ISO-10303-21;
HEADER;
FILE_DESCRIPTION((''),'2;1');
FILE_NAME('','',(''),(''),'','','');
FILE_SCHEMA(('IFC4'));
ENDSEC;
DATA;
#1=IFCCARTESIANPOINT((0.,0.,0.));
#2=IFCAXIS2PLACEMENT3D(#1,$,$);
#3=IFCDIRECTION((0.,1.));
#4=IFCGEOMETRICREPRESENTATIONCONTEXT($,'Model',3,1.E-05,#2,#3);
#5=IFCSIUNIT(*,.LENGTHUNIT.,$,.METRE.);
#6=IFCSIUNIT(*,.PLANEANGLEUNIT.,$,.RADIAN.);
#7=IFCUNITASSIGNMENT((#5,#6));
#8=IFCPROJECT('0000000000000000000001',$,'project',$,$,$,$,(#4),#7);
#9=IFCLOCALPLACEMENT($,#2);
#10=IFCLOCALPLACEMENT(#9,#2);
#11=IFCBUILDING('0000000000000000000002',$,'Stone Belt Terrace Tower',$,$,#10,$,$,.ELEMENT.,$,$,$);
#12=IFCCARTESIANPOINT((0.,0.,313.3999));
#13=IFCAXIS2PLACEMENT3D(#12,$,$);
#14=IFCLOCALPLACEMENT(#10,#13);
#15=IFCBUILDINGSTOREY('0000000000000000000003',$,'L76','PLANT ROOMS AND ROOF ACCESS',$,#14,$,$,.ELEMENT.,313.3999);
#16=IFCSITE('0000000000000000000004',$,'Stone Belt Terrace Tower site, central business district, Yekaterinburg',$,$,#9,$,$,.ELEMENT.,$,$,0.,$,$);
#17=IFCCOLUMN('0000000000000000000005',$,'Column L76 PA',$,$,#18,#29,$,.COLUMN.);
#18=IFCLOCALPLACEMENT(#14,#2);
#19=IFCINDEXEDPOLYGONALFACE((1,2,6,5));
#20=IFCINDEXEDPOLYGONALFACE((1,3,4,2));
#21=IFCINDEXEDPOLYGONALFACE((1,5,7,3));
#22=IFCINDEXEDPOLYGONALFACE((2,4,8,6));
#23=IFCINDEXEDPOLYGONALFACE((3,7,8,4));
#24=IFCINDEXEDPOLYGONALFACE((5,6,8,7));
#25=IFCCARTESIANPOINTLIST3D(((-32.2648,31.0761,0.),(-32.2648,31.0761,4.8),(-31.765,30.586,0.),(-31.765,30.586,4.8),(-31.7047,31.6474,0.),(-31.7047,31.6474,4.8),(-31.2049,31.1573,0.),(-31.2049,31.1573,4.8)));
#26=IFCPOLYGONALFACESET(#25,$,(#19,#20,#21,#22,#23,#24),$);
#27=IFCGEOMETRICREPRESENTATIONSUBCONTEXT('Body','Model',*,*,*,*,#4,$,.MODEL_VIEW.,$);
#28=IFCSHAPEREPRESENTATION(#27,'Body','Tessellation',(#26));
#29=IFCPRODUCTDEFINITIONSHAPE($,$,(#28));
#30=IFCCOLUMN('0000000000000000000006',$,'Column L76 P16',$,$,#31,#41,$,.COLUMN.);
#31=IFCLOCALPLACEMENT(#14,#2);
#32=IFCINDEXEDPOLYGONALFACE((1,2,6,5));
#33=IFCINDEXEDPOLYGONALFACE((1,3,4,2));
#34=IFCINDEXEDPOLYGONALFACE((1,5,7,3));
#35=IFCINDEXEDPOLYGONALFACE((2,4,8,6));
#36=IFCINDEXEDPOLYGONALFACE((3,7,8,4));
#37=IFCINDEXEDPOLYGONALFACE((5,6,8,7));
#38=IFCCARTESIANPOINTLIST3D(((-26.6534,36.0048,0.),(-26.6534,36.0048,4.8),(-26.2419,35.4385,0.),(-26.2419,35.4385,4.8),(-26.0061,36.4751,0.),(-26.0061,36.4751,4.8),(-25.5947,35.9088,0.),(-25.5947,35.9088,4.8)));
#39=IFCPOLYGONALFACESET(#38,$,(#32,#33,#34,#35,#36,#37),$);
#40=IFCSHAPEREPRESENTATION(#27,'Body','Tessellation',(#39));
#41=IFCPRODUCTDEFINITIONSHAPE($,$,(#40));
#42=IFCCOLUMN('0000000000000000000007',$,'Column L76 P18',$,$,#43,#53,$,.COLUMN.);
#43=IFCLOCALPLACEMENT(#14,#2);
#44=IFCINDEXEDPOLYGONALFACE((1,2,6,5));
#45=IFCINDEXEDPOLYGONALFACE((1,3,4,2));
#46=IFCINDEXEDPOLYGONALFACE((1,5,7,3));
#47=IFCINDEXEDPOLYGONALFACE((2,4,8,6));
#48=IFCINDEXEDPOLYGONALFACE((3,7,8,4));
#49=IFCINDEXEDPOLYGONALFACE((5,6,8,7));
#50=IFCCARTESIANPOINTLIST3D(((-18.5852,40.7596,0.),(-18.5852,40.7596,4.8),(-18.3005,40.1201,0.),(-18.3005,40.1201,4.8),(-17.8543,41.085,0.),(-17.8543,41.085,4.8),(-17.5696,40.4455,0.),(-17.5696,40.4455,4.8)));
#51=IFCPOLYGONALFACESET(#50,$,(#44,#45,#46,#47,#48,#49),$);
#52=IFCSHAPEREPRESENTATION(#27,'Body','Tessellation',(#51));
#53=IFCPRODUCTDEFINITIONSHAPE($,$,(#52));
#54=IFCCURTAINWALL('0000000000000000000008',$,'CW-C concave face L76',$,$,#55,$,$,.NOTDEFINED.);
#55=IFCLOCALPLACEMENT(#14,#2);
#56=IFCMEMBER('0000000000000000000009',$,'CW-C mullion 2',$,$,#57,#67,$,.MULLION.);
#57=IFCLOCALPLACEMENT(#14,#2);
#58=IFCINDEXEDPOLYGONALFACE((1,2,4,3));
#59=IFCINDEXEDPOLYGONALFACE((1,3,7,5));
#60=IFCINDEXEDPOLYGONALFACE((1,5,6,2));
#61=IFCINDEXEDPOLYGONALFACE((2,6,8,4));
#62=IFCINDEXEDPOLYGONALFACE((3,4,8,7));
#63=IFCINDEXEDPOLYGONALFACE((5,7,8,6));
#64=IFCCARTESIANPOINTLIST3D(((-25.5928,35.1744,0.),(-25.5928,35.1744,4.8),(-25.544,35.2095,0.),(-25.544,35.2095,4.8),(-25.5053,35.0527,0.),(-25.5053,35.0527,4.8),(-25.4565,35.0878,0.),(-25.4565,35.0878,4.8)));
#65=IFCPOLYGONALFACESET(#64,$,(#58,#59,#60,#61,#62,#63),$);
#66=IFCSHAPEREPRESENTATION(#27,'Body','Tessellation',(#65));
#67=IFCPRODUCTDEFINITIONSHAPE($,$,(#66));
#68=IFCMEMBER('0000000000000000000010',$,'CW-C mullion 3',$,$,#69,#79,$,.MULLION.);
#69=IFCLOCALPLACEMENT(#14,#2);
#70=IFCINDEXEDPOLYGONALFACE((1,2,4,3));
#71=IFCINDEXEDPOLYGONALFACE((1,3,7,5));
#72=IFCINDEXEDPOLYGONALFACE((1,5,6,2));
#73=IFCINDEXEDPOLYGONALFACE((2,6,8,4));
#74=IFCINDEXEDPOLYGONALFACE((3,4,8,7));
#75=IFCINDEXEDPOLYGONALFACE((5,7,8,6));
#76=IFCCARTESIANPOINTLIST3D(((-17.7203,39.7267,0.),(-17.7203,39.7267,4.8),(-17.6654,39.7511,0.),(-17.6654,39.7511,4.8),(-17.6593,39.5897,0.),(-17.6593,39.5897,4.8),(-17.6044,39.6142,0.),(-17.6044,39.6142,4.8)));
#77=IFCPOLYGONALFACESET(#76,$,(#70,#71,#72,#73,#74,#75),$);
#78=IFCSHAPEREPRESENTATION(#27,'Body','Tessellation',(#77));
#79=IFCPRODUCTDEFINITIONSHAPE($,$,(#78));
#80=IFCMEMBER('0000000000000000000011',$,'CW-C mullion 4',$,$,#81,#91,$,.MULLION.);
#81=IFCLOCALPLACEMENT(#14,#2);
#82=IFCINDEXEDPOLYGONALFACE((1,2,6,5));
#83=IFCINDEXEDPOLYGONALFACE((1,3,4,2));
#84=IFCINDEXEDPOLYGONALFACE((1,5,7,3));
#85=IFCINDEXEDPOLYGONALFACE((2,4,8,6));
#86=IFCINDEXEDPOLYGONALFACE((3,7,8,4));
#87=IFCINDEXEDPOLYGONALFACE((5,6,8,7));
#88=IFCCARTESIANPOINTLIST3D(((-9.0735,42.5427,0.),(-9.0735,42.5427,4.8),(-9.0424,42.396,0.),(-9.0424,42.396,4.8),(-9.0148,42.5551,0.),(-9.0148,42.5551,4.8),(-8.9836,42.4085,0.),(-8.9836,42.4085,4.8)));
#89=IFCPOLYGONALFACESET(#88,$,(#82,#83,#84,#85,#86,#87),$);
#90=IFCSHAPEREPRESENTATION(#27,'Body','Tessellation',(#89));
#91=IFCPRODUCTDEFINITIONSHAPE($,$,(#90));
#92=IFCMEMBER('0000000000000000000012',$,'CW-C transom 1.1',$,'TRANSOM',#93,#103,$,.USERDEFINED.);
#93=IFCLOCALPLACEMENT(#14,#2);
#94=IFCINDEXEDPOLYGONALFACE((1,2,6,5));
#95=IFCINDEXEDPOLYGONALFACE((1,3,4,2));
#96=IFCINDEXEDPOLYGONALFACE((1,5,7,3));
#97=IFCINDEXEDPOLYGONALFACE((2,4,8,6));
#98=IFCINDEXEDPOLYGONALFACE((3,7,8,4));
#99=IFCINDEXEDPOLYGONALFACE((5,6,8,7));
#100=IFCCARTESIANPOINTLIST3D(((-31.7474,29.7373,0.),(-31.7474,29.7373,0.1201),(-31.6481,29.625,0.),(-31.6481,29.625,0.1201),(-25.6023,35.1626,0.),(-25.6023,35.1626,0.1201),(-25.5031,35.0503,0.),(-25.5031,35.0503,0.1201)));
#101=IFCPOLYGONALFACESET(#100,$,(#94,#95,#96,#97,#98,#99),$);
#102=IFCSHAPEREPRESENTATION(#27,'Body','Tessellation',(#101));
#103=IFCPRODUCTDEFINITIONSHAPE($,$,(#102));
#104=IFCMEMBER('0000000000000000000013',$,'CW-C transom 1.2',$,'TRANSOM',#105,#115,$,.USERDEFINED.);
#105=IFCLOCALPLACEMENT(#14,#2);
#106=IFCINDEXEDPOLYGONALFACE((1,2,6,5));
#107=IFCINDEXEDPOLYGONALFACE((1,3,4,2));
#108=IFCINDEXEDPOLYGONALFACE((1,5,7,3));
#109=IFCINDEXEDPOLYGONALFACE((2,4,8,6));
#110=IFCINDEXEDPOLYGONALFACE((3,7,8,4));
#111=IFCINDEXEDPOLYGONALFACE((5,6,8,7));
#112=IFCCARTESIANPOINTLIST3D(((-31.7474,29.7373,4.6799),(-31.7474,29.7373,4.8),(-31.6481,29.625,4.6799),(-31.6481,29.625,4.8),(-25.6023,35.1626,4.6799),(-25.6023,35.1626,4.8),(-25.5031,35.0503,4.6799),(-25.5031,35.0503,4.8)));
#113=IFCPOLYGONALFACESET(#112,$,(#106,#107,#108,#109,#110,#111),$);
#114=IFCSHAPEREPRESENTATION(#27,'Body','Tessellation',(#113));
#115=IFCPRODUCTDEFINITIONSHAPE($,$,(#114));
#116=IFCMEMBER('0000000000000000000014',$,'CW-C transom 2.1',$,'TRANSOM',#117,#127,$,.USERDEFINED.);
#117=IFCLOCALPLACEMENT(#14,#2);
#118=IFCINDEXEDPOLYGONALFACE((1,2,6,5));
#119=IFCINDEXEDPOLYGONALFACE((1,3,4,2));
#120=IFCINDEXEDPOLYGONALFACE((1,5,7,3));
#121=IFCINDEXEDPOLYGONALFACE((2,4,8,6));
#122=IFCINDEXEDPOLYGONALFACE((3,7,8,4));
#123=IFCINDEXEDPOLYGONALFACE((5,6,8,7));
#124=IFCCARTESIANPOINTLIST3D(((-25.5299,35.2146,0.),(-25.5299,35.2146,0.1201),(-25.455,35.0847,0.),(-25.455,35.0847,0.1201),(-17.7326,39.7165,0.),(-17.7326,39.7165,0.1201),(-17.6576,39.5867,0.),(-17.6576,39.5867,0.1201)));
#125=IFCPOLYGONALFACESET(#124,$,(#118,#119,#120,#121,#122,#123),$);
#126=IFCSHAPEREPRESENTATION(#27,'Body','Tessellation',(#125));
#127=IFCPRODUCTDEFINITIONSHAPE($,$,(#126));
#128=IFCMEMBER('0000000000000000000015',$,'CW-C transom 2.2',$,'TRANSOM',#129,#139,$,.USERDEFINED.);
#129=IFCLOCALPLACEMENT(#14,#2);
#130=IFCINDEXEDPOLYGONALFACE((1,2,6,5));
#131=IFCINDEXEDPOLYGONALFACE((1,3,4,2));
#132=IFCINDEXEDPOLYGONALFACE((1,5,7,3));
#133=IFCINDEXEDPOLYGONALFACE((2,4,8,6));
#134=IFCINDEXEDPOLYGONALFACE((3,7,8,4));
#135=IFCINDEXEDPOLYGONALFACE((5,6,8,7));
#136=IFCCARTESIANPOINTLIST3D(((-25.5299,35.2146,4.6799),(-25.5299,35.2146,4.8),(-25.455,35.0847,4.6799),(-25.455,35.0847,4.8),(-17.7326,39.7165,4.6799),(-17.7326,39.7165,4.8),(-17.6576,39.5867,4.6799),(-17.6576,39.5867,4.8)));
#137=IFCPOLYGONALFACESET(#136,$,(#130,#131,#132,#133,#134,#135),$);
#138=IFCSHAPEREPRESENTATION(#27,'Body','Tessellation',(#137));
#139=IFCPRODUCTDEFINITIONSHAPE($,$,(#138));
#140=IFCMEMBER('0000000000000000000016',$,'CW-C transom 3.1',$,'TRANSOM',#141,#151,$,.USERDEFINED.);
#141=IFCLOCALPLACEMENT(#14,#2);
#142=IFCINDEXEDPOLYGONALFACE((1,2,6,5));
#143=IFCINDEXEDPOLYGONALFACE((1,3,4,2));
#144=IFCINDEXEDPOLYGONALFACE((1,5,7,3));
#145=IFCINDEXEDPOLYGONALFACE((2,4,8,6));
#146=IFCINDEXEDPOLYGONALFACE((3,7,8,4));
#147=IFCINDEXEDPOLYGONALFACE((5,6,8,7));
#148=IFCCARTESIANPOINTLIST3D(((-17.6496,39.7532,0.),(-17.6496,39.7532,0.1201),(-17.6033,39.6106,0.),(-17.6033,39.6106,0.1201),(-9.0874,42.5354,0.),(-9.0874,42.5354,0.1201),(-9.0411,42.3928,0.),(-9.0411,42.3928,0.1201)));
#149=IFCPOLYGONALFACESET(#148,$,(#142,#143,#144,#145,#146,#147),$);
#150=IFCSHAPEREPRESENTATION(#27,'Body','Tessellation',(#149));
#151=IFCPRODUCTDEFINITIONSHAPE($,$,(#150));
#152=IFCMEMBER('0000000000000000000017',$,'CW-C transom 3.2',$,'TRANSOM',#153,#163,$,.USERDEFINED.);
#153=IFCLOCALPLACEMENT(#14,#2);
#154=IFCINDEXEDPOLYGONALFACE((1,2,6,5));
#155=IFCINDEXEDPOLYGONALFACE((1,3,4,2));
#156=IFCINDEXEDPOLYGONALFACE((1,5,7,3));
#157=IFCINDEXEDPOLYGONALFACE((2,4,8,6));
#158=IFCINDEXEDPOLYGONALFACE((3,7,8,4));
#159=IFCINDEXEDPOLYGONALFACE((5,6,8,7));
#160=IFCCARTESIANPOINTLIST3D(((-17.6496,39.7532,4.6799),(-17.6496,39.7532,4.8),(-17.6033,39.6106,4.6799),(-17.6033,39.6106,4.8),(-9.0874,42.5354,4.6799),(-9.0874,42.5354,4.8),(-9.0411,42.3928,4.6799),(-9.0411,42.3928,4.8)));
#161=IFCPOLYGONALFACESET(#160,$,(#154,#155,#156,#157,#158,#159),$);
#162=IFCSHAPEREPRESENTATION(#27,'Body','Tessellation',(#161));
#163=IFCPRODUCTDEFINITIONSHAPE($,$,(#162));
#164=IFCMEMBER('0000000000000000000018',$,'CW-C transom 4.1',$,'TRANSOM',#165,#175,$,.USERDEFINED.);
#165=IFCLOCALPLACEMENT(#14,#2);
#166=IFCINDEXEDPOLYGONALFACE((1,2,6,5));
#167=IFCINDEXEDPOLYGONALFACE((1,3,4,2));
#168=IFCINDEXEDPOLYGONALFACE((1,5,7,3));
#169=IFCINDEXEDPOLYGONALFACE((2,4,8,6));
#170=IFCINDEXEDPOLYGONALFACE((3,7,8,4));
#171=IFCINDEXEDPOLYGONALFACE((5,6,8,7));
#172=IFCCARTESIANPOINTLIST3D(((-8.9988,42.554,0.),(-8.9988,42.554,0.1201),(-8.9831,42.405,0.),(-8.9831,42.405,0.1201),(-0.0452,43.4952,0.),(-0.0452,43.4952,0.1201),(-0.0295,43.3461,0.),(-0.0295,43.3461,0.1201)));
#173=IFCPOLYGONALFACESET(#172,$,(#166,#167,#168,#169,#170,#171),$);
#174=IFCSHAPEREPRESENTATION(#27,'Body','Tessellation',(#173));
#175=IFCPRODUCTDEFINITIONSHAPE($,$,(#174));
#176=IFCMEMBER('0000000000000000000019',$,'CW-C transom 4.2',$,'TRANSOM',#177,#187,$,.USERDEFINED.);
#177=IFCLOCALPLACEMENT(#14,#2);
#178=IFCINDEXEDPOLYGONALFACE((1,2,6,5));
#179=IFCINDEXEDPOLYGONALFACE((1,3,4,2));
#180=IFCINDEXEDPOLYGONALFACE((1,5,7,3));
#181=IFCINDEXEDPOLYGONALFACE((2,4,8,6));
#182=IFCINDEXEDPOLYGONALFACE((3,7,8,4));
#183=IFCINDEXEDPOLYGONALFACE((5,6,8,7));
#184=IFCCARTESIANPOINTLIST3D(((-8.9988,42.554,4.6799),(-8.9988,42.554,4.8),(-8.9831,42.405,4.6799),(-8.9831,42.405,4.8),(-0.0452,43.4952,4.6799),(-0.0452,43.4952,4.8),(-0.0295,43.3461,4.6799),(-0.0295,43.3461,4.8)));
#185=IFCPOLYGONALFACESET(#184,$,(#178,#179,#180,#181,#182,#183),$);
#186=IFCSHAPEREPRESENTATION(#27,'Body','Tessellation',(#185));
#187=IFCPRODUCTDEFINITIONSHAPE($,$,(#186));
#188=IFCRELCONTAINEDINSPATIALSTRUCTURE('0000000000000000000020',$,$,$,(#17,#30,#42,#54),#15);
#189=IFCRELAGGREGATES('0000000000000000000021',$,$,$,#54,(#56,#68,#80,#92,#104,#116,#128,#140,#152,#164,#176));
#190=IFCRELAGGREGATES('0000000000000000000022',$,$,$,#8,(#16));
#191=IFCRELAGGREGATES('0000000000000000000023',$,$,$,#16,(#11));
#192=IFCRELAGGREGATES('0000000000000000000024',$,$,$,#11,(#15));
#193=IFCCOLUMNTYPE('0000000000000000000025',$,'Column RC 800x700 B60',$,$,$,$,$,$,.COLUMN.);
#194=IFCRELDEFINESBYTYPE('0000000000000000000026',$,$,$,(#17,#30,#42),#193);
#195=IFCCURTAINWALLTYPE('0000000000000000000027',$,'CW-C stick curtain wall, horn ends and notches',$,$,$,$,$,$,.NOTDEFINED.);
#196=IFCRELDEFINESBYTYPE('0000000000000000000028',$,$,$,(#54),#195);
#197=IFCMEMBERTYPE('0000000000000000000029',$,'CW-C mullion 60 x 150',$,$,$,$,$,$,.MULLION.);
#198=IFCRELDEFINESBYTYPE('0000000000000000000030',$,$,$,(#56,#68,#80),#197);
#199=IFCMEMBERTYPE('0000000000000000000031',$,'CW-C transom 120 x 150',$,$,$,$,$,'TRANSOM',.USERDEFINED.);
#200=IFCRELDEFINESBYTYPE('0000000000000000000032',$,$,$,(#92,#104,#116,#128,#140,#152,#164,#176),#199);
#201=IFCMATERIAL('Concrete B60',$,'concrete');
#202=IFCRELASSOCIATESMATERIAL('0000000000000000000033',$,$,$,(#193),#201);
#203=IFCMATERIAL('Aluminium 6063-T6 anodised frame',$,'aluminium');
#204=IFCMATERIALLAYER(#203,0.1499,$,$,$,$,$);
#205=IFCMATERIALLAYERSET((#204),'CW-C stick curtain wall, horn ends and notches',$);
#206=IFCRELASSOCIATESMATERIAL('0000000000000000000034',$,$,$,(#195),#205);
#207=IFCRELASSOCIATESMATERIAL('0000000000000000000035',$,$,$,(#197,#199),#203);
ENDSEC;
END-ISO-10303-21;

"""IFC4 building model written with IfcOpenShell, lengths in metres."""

from ifc_helpers import new_model, si_unit, direction, frame, origin, origin_2d, place, context, subcontext, project, spatial, rectangle, extrude, material, layer, layer_set, material_profile, profile_set, type_object, element, aggregate, save


model = new_model("IFC4")

# Units and contexts
model_context = context("Model", 3, precision=1e-05, world=origin(), true_north=direction((0.0, 1.0)))
body_context = subcontext(model_context, "Body", "Model", "MODEL_VIEW")
ifc_project = project(units=[si_unit("LENGTHUNIT", "METRE"), si_unit("PLANEANGLEUNIT", "RADIAN")], contexts=[model_context])

# Site, building, storey
site_placement = place(None, origin())
site = spatial("IfcSite", under=ifc_project, at=site_placement, Name="Stone Belt Terrace Tower site, central business district, Yekaterinburg", CompositionType="ELEMENT", RefElevation=0.0)
building_placement = place(site_placement, origin())
building = spatial("IfcBuilding", under=site, at=building_placement, Name="Stone Belt Terrace Tower", CompositionType="ELEMENT")
storey_placement = place(building_placement, frame((0.0, 0.0, 313.3999)))
storey = spatial("IfcBuildingStorey", under=building, at=storey_placement, Name="L76", Description="PLANT ROOMS AND ROOF ACCESS", CompositionType="ELEMENT", Elevation=313.3999)

# Columns
ifc_material_1 = material(Name="Concrete B60", Category="concrete")
ifc_material_profile_1 = material_profile(ifc_material_1, rectangle(XDim=0.8, YDim=0.7, at=origin_2d()), Name="RC 800x700")
ifc_profile_set_1 = profile_set([ifc_material_profile_1], Name="Concrete B60")
column_type = type_object("IfcColumnType", Name="Column RC 800x700 B60", PredefinedType="COLUMN", material=ifc_profile_set_1)
for number, where, z_axis, x_axis, name in (
    (1, (-31.7349, 31.1167, 0.0), (0.0, 0.0, 1.0), (0.70012, 0.714026, 0.0), "Column L76 PA"),
    (2, (-26.124, 35.9568, 0.0), (0.0, 0.0, 1.0), (0.809017, 0.587785, 0.0), "Column L76 P16"),
    (3, (-18.0774, 40.6025, 0.0), (0.0, 0.0, 1.0), (0.913545, 0.406737, 0.0), "Column L76 P18"),
):
    element("IfcColumn", number, at=place(storey_placement, frame(where, z_axis=z_axis, x_axis=x_axis)), inside=storey, type_object=column_type, Name=name, PredefinedType="COLUMN", context=body_context, shape_type="SweptSolid", body=[
        extrude(rectangle(XDim=0.8, YDim=0.7, at=origin_2d()), origin(), (0.0, 0.0, 1.0), 4.8),
    ])

# Curtain wall, members
ifc_material_2 = material(Name="Aluminium 6063-T6 anodised frame", Category="aluminium")
ifc_layer_1 = layer(ifc_material_2, 0.1499)
ifc_layer_set_1 = layer_set([ifc_layer_1], Name="CW-C stick curtain wall, horn ends and notches")
curtain_wall_type = type_object("IfcCurtainWallType", Name="CW-C stick curtain wall, horn ends and notches", PredefinedType="NOTDEFINED", material=ifc_layer_set_1)
curtain_wall_placement = place(storey_placement, origin())
curtain_wall = element("IfcCurtainWall", 4, at=curtain_wall_placement, inside=storey, type_object=curtain_wall_type, Name="CW-C concave face L76", PredefinedType="NOTDEFINED")
ifc_material_profile_2 = material_profile(ifc_material_2, rectangle(XDim=0.1499, YDim=0.0601, at=origin_2d()), Name="Aluminium 6063-T6 60x150")
ifc_profile_set_2 = profile_set([ifc_material_profile_2], Name="Aluminium 6063-T6 anodised frame")
member_type_1 = type_object("IfcMemberType", Name="CW-C mullion 60 x 150", PredefinedType="MULLION", material=ifc_profile_set_2)
member_1_placement = place(storey_placement, frame((-25.5247, 35.1311, 0.0), z_axis=(0.0, 0.0, 1.0), x_axis=(-0.583819, 0.811884, 0.0)))
member_1 = element("IfcMember", 5, at=member_1_placement, type_object=member_type_1, Name="CW-C mullion 2", PredefinedType="MULLION", context=body_context, shape_type="SweptSolid", body=[
    extrude(rectangle(XDim=0.1499, YDim=0.0601, at=origin_2d()), origin(), (0.0, 0.0, 1.0), 4.8),
])
member_2_placement = place(storey_placement, frame((-17.6624, 39.6704, 0.0), z_axis=(0.0, 0.0, 1.0), x_axis=(-0.406737, 0.913545, 0.0)))
member_2 = element("IfcMember", 6, at=member_2_placement, type_object=member_type_1, Name="CW-C mullion 3", PredefinedType="MULLION", context=body_context, shape_type="SweptSolid", body=[
    extrude(rectangle(XDim=0.1499, YDim=0.0601, at=origin_2d()), origin(), (0.0, 0.0, 1.0), 4.8),
])
member_3_placement = place(storey_placement, frame((-9.0286, 42.4756, 0.0), z_axis=(0.0, 0.0, 1.0), x_axis=(-0.207912, 0.978148, 0.0)))
member_3 = element("IfcMember", 7, at=member_3_placement, type_object=member_type_1, Name="CW-C mullion 4", PredefinedType="MULLION", context=body_context, shape_type="SweptSolid", body=[
    extrude(rectangle(XDim=0.1499, YDim=0.0601, at=origin_2d()), origin(), (0.0, 0.0, 1.0), 4.8),
])
ifc_material_profile_3 = material_profile(ifc_material_2, rectangle(XDim=0.1499, YDim=0.1201, at=origin_2d()), Name="Aluminium 6063-T6 150x120")
ifc_profile_set_3 = profile_set([ifc_material_profile_3], Name="Aluminium 6063-T6 anodised frame")
member_type_2 = type_object("IfcMemberType", Name="CW-C transom 120 x 150", ElementType="TRANSOM", PredefinedType="USERDEFINED", material=ifc_profile_set_3)
member_4_placement = place(storey_placement, frame((-31.6978, 29.6812, 0.0601), z_axis=(0.749643, 0.661842, 0.0), x_axis=(-0.661842, 0.749643, 0.0)))
member_4 = element("IfcMember", 8, at=member_4_placement, type_object=member_type_2, Name="CW-C transom 1.1", ObjectType="TRANSOM", PredefinedType="USERDEFINED", context=body_context, shape_type="SweptSolid", body=[
    extrude(rectangle(XDim=0.1499, YDim=0.1201, at=origin_2d()), origin(), (0.0, 0.0, 1.0), 8.1973),
])
member_5_placement = place(storey_placement, frame((-31.6978, 29.6812, 4.74), z_axis=(0.749643, 0.661842, 0.0), x_axis=(-0.661842, 0.749643, 0.0)))
member_5 = element("IfcMember", 9, at=member_5_placement, type_object=member_type_2, Name="CW-C transom 1.2", ObjectType="TRANSOM", PredefinedType="USERDEFINED", context=body_context, shape_type="SweptSolid", body=[
    extrude(rectangle(XDim=0.1499, YDim=0.1201, at=origin_2d()), origin(), (0.0, 0.0, 1.0), 8.1973),
])
member_6_placement = place(storey_placement, frame((-25.4924, 35.1497, 0.0601), z_axis=(0.866019, 0.500012, 0.0), x_axis=(-0.500012, 0.866019, 0.0)))
member_6 = element("IfcMember", 10, at=member_6_placement, type_object=member_type_2, Name="CW-C transom 2.1", ObjectType="TRANSOM", PredefinedType="USERDEFINED", context=body_context, shape_type="SweptSolid", body=[
    extrude(rectangle(XDim=0.1499, YDim=0.1201, at=origin_2d()), origin(), (0.0, 0.0, 1.0), 9.0037),
])
member_7_placement = place(storey_placement, frame((-25.4924, 35.1497, 4.74), z_axis=(0.866019, 0.500012, 0.0), x_axis=(-0.500012, 0.866019, 0.0)))
member_7 = element("IfcMember", 11, at=member_7_placement, type_object=member_type_2, Name="CW-C transom 2.2", ObjectType="TRANSOM", PredefinedType="USERDEFINED", context=body_context, shape_type="SweptSolid", body=[
    extrude(rectangle(XDim=0.1499, YDim=0.1201, at=origin_2d()), origin(), (0.0, 0.0, 1.0), 9.0037),
])
member_8_placement = place(storey_placement, frame((-17.6265, 39.6819, 0.0601), z_axis=(0.951051, 0.309035, 0.0), x_axis=(-0.309035, 0.951051, 0.0)))
member_8 = element("IfcMember", 12, at=member_8_placement, type_object=member_type_2, Name="CW-C transom 3.1", ObjectType="TRANSOM", PredefinedType="USERDEFINED", context=body_context, shape_type="SweptSolid", body=[
    extrude(rectangle(XDim=0.1499, YDim=0.1201, at=origin_2d()), origin(), (0.0, 0.0, 1.0), 9.0029),
])
member_9_placement = place(storey_placement, frame((-17.6265, 39.6819, 4.74), z_axis=(0.951051, 0.309035, 0.0), x_axis=(-0.309035, 0.951051, 0.0)))
member_9 = element("IfcMember", 13, at=member_9_placement, type_object=member_type_2, Name="CW-C transom 3.2", ObjectType="TRANSOM", PredefinedType="USERDEFINED", context=body_context, shape_type="SweptSolid", body=[
    extrude(rectangle(XDim=0.1499, YDim=0.1201, at=origin_2d()), origin(), (0.0, 0.0, 1.0), 9.0029),
])
member_10_placement = place(storey_placement, frame((-8.991, 42.4795, 0.0601), z_axis=(0.994521, 0.104539, 0.0), x_axis=(-0.104539, 0.994521, 0.0)))
member_10 = element("IfcMember", 14, at=member_10_placement, type_object=member_type_2, Name="CW-C transom 4.1", ObjectType="TRANSOM", PredefinedType="USERDEFINED", context=body_context, shape_type="SweptSolid", body=[
    extrude(rectangle(XDim=0.1499, YDim=0.1201, at=origin_2d()), origin(), (0.0, 0.0, 1.0), 9.0029),
])
member_11_placement = place(storey_placement, frame((-8.991, 42.4795, 4.74), z_axis=(0.994521, 0.104539, 0.0), x_axis=(-0.104539, 0.994521, 0.0)))
member_11 = element("IfcMember", 15, at=member_11_placement, type_object=member_type_2, Name="CW-C transom 4.2", ObjectType="TRANSOM", PredefinedType="USERDEFINED", context=body_context, shape_type="SweptSolid", body=[
    extrude(rectangle(XDim=0.1499, YDim=0.1201, at=origin_2d()), origin(), (0.0, 0.0, 1.0), 9.0029),
])
aggregate(curtain_wall, [member_1, member_2, member_3, member_4, member_5, member_6, member_7, member_8, member_9, member_10, member_11])

save(model, "model.ifc")
